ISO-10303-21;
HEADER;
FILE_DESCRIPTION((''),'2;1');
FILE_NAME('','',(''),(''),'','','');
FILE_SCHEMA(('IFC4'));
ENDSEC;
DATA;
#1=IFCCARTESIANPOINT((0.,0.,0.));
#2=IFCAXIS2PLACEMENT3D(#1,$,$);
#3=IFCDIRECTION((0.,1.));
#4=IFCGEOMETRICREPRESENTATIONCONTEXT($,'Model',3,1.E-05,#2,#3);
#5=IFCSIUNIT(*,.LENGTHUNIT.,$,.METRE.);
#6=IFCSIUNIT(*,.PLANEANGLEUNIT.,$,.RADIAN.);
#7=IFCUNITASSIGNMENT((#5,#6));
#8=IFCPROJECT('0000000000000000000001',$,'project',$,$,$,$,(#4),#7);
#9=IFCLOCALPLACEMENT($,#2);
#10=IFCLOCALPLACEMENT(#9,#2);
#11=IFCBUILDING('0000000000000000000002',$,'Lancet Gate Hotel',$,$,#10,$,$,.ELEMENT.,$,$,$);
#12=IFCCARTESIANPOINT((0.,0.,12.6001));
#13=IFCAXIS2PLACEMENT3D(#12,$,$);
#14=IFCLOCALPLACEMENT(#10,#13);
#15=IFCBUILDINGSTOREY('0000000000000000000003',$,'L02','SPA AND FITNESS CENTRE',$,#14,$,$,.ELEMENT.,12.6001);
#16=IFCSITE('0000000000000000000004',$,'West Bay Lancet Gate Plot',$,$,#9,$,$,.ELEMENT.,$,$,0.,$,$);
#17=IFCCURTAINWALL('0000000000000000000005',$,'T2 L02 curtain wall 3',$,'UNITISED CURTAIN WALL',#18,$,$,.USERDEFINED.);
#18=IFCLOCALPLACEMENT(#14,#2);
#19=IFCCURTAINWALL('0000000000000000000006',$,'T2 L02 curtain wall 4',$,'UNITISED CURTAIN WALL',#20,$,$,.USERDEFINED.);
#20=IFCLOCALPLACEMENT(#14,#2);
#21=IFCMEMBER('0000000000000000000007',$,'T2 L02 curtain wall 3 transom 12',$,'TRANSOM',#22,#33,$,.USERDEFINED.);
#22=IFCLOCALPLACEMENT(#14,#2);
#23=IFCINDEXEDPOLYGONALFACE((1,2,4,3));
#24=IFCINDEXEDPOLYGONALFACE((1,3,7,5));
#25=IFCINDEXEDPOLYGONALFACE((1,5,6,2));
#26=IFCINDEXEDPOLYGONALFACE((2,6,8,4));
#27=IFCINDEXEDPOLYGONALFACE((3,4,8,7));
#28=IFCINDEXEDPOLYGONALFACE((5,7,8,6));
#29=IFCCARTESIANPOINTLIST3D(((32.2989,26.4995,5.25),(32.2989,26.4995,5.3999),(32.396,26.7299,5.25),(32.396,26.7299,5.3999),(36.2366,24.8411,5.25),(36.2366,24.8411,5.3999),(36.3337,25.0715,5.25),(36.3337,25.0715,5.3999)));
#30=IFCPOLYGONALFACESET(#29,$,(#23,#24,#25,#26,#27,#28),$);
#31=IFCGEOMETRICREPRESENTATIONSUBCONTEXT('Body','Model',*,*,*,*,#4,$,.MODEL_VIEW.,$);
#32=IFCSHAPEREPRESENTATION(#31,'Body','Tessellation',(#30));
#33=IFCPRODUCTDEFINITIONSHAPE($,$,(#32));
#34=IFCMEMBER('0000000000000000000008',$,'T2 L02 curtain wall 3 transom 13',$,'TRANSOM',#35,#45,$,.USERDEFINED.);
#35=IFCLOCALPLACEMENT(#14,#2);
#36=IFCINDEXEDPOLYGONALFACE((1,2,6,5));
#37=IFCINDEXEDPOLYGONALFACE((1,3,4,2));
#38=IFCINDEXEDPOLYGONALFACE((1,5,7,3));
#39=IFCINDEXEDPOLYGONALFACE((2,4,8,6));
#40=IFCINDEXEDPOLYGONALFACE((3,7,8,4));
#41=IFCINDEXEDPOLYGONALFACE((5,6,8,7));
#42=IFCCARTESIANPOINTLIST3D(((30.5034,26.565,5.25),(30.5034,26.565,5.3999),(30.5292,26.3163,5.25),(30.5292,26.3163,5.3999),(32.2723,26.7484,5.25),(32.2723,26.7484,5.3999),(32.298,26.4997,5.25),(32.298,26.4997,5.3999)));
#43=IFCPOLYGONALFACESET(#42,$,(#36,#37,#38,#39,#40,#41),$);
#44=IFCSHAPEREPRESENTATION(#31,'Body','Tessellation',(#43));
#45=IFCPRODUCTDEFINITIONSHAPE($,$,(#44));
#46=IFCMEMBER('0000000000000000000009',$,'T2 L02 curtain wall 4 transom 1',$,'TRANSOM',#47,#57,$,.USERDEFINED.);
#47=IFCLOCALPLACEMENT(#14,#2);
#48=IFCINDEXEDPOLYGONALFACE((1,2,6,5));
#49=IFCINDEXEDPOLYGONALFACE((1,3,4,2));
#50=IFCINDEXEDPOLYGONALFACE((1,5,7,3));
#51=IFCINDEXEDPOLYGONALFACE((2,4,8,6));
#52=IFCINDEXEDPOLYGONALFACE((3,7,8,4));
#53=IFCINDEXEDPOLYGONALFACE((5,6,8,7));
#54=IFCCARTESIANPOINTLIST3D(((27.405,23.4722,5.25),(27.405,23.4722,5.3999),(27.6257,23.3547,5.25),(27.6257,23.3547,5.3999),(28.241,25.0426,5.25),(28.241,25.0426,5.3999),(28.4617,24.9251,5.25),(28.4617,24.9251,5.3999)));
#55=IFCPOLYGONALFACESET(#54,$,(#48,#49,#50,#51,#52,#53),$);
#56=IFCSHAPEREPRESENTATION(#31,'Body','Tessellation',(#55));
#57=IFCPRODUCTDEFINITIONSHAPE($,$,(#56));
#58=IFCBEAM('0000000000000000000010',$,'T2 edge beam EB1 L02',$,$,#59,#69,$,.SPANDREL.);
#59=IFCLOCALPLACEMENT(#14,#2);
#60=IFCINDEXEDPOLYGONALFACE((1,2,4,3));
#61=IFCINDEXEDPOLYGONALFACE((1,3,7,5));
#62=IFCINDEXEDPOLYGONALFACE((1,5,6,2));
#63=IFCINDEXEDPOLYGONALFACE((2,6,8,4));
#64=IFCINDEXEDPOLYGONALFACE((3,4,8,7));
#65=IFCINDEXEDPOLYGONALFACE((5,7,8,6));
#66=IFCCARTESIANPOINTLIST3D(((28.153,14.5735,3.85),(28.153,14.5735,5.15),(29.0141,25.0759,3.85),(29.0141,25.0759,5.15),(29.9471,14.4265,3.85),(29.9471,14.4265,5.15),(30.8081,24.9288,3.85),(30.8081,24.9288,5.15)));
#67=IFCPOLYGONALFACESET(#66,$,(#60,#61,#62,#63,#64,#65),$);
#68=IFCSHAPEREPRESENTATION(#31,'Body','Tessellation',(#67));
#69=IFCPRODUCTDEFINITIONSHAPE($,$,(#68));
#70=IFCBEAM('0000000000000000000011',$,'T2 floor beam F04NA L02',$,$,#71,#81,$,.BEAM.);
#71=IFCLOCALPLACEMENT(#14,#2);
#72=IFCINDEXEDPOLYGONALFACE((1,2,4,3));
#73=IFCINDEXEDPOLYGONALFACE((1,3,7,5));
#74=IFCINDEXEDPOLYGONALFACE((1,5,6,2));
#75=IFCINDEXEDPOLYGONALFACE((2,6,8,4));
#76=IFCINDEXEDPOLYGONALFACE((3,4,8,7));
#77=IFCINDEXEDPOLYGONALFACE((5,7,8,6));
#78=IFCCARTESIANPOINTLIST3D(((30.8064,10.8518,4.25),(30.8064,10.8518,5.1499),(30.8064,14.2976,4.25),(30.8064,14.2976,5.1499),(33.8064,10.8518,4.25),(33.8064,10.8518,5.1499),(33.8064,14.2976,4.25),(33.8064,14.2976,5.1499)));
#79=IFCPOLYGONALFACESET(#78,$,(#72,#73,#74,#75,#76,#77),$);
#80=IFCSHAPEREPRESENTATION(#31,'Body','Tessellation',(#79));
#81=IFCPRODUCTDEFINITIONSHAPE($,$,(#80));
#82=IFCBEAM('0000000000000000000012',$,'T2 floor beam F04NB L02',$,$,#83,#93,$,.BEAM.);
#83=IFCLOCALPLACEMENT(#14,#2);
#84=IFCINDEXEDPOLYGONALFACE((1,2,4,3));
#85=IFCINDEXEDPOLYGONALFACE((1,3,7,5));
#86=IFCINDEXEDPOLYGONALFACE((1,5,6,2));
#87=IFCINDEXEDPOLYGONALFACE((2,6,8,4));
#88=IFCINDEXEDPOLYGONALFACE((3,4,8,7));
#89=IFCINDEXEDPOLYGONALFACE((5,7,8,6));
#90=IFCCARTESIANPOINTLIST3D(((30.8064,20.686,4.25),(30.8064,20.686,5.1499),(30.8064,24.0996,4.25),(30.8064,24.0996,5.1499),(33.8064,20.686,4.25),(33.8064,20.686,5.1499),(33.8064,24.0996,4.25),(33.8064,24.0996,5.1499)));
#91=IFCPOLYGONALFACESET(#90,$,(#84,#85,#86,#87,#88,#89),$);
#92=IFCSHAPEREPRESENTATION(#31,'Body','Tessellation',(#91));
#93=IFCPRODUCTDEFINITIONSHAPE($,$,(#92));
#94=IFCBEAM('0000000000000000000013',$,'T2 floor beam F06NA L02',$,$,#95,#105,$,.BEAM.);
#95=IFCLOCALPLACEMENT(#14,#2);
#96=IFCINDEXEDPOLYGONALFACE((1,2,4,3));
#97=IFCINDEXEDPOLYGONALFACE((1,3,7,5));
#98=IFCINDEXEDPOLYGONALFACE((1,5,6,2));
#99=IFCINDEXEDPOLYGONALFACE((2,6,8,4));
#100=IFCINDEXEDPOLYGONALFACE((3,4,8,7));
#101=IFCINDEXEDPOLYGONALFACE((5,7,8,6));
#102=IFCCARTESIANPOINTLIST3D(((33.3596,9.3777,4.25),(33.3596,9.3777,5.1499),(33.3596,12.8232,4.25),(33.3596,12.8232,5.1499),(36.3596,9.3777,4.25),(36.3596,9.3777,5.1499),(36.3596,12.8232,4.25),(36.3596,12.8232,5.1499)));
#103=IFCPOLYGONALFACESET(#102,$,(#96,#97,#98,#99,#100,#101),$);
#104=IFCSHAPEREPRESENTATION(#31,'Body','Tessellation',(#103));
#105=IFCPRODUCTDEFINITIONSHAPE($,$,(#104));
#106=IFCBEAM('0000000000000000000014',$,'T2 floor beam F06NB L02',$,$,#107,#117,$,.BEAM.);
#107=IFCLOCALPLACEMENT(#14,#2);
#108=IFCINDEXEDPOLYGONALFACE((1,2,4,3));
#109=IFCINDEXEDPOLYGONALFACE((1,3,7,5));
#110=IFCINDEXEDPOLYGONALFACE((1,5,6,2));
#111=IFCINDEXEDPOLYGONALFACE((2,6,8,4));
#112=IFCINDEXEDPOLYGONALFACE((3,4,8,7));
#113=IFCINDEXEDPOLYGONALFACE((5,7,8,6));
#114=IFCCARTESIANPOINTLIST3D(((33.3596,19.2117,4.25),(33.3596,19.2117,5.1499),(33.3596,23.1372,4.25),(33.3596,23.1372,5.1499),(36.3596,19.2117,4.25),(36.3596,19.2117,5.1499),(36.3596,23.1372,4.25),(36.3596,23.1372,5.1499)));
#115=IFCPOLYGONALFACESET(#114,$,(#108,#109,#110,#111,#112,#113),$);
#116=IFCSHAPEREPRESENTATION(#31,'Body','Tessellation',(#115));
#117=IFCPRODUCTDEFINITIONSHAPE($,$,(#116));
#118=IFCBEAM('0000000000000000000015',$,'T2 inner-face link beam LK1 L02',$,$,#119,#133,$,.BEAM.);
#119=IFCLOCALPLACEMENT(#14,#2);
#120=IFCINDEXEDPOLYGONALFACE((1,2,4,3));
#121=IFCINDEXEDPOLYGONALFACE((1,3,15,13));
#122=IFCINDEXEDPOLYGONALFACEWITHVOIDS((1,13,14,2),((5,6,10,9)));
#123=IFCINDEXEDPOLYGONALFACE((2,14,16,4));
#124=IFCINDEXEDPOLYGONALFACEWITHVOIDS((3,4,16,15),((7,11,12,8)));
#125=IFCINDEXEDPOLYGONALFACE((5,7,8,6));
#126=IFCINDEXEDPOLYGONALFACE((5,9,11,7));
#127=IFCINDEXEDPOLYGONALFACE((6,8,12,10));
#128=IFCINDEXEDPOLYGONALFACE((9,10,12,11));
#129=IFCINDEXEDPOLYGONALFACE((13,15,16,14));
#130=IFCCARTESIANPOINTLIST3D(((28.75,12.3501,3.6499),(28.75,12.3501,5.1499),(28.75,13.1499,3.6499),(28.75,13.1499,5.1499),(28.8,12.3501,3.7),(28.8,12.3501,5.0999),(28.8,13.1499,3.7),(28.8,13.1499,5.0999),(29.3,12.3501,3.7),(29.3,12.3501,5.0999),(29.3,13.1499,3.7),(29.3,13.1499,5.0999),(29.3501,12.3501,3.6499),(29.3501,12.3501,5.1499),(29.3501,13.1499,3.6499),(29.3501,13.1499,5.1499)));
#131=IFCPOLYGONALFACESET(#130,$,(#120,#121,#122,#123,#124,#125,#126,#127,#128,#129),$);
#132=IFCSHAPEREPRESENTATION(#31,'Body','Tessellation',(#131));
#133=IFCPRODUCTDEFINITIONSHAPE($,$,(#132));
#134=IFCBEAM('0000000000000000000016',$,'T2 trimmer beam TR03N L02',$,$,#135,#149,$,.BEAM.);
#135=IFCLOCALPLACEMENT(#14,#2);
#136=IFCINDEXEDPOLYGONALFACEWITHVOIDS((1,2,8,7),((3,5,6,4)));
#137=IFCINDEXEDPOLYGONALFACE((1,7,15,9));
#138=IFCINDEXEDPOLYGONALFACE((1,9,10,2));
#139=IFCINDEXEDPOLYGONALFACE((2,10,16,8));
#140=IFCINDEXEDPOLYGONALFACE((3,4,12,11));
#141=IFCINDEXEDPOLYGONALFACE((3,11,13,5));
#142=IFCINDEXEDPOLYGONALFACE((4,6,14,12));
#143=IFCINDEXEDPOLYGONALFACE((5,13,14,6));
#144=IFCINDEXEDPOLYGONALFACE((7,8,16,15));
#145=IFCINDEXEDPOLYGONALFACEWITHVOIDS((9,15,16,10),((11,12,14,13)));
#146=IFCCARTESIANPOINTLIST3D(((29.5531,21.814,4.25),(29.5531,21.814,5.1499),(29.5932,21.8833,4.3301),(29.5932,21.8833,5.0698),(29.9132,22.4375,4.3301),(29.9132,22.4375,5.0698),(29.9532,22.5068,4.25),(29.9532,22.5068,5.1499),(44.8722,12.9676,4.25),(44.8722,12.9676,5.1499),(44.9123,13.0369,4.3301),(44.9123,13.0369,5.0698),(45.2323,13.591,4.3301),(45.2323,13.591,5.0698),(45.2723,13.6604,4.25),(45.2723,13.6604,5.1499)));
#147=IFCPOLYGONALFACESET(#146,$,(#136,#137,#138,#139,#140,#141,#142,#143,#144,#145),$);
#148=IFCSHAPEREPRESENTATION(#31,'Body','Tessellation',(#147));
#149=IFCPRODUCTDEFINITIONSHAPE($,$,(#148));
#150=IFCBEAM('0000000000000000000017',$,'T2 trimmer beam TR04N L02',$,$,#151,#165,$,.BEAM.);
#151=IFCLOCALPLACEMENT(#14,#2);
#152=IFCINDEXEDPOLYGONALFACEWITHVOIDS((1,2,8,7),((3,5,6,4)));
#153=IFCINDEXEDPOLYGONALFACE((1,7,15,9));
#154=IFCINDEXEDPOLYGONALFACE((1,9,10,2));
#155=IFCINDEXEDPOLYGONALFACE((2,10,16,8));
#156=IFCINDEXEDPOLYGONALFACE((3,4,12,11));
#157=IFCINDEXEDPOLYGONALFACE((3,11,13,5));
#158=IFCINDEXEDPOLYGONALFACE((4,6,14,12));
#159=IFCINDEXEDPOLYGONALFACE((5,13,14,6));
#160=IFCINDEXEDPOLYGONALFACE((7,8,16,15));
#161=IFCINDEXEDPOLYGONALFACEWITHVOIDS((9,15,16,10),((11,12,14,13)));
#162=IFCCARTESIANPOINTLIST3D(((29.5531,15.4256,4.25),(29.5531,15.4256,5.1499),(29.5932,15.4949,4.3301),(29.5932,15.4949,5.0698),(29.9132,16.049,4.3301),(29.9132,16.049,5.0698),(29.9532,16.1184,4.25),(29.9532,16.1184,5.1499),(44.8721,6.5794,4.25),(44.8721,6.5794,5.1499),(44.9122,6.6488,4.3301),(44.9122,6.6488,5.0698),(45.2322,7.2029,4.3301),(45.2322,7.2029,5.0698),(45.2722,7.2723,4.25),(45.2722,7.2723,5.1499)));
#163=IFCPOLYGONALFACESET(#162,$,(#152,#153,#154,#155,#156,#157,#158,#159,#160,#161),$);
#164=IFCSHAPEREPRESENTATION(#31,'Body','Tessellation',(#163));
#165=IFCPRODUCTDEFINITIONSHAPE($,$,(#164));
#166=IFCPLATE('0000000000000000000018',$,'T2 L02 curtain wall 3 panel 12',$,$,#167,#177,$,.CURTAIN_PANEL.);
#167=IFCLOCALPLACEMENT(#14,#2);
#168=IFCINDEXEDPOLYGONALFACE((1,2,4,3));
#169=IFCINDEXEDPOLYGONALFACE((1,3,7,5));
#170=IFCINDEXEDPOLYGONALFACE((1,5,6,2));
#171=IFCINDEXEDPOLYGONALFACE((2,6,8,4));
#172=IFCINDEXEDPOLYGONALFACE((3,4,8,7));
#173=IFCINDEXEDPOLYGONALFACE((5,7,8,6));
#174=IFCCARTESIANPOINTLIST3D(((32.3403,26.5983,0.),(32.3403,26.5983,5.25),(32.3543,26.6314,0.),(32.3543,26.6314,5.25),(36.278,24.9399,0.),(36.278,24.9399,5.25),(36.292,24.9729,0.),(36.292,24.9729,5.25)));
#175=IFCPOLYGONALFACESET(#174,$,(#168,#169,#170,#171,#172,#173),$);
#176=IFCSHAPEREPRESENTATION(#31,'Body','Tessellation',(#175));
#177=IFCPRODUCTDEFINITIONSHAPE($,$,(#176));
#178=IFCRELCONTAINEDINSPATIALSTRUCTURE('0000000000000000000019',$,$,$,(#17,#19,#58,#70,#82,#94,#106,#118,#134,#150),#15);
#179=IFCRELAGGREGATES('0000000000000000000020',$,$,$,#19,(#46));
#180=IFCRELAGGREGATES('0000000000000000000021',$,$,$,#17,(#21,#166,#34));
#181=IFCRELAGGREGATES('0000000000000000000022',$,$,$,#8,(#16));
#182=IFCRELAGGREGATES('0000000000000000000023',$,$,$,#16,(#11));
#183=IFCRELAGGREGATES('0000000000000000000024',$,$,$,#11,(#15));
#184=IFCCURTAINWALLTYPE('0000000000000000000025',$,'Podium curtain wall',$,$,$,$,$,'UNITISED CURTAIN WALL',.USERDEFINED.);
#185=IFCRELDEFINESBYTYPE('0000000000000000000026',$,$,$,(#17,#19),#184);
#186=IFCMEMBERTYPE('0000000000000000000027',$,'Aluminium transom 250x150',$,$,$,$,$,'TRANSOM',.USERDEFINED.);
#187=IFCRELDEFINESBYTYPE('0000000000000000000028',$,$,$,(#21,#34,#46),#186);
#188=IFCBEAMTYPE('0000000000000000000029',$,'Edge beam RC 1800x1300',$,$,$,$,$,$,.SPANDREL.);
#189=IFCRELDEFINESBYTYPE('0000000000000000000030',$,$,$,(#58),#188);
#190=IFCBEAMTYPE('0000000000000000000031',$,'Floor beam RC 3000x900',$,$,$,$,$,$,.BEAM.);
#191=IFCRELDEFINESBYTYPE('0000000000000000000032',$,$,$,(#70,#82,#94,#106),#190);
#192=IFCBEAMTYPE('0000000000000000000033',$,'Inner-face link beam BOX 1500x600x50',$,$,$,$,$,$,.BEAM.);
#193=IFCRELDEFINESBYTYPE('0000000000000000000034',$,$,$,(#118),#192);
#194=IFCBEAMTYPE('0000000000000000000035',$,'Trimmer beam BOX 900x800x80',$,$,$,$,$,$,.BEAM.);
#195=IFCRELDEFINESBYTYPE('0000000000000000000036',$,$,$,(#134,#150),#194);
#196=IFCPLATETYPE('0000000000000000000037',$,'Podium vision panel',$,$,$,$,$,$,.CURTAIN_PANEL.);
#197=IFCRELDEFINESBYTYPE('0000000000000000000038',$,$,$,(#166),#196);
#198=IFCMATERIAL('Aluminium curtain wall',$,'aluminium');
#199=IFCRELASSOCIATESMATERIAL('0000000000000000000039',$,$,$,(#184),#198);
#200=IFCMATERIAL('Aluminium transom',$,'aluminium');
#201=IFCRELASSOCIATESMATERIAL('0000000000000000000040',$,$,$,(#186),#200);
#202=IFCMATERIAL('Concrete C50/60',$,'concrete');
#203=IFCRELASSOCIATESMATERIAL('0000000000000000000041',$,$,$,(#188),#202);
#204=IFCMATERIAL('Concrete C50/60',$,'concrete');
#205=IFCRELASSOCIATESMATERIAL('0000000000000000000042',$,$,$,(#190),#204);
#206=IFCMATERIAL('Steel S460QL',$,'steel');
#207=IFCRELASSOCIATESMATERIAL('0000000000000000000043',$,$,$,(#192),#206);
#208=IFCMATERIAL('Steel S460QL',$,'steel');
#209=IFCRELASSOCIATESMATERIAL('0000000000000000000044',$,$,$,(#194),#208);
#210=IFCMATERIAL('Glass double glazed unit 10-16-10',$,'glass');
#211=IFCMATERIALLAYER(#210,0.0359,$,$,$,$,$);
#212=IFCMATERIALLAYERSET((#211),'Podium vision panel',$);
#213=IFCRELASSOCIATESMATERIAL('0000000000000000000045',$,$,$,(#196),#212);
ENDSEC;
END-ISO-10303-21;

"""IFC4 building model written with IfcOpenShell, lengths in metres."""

from ifc_helpers import new_model, si_unit, direction, frame, origin, origin_2d, place, context, subcontext, project, spatial, rectangle, hollow_rectangle, extrude, material, layer, layer_set, material_profile, profile_set, type_object, element, aggregate, save


model = new_model("IFC4")

# Units and contexts
model_context = context("Model", 3, precision=1e-05, world=origin(), true_north=direction((0.0, 1.0)))
body_context = subcontext(model_context, "Body", "Model", "MODEL_VIEW")
ifc_project = project(units=[si_unit("LENGTHUNIT", "METRE"), si_unit("PLANEANGLEUNIT", "RADIAN")], contexts=[model_context])

# Site, building, storey
site_placement = place(None, origin())
site = spatial("IfcSite", under=ifc_project, at=site_placement, Name="West Bay Lancet Gate Plot", CompositionType="ELEMENT", RefElevation=0.0)
building_placement = place(site_placement, origin())
building = spatial("IfcBuilding", under=site, at=building_placement, Name="Lancet Gate Hotel", CompositionType="ELEMENT")
storey_placement = place(building_placement, frame((0.0, 0.0, 12.6001)))
storey = spatial("IfcBuildingStorey", under=building, at=storey_placement, Name="L02", Description="SPA AND FITNESS CENTRE", CompositionType="ELEMENT", Elevation=12.6001)

# Curtain wall
ifc_material_1 = material(Name="Aluminium curtain wall", Category="aluminium")
curtain_wall_type = type_object("IfcCurtainWallType", Name="Podium curtain wall", ElementType="UNITISED CURTAIN WALL", PredefinedType="USERDEFINED", material=ifc_material_1)
curtain_wall_1_placement = place(storey_placement, origin())
curtain_wall_1 = element("IfcCurtainWall", 1, at=curtain_wall_1_placement, inside=storey, type_object=curtain_wall_type, Name="T2 L02 curtain wall 3", ObjectType="UNITISED CURTAIN WALL", PredefinedType="USERDEFINED")

# Curtain wall
curtain_wall_2_placement = place(storey_placement, origin())
curtain_wall_2 = element("IfcCurtainWall", 2, at=curtain_wall_2_placement, inside=storey, type_object=curtain_wall_type, Name="T2 L02 curtain wall 4", ObjectType="UNITISED CURTAIN WALL", PredefinedType="USERDEFINED")

# Members
ifc_material_2 = material(Name="Aluminium transom", Category="aluminium")
ifc_material_profile_1 = material_profile(ifc_material_2, rectangle(XDim=0.25, YDim=0.1499, at=origin_2d()), Name="TRANSOM 250x150")
ifc_profile_set_1 = profile_set([ifc_material_profile_1], Name="Aluminium transom")
member_type_1 = type_object("IfcMemberType", Name="Aluminium transom 250x150", ElementType="TRANSOM", PredefinedType="USERDEFINED", material=ifc_profile_set_1)
member_1_placement = place(storey_placement, frame((36.2852, 24.9563, 5.325), z_axis=(-0.921598, 0.388146, 0.0), x_axis=(-0.388146, -0.921598, 0.0)))
member_1 = element("IfcMember", 3, at=member_1_placement, type_object=member_type_1, Name="T2 L02 curtain wall 3 transom 12", ObjectType="TRANSOM", PredefinedType="USERDEFINED", context=body_context, shape_type="SweptSolid", body=[
    extrude(rectangle(XDim=0.25, YDim=0.1499, at=origin_2d()), origin(), (0.0, 0.0, 1.0), 4.2727),
])
member_2_placement = place(storey_placement, frame((32.2852, 26.624, 5.325), z_axis=(-0.99467, -0.103105, 0.0), x_axis=(0.103105, -0.99467, 0.0)))
member_2 = element("IfcMember", 4, at=member_2_placement, type_object=member_type_1, Name="T2 L02 curtain wall 3 transom 13", ObjectType="TRANSOM", PredefinedType="USERDEFINED", context=body_context, shape_type="SweptSolid", body=[
    extrude(rectangle(XDim=0.25, YDim=0.1499, at=origin_2d()), origin(), (0.0, 0.0, 1.0), 1.7783),
])
member_3_placement = place(storey_placement, frame((28.3513, 24.9839, 5.325), z_axis=(-0.469904, -0.882717, 0.0), x_axis=(0.882717, -0.469904, 0.0)))
member_3 = element("IfcMember", 5, at=member_3_placement, type_object=member_type_1, Name="T2 L02 curtain wall 4 transom 1", ObjectType="TRANSOM", PredefinedType="USERDEFINED", context=body_context, shape_type="SweptSolid", body=[
    extrude(rectangle(XDim=0.25, YDim=0.1499, at=origin_2d()), origin(), (0.0, 0.0, 1.0), 1.7791),
])
aggregate(curtain_wall_2, [member_3])

# Beams
ifc_material_3 = material(Name="Concrete C50/60", Category="concrete")
ifc_material_profile_2 = material_profile(ifc_material_3, rectangle(XDim=1.8, YDim=1.3, at=origin_2d()), Name="RC 1800x1300")
ifc_profile_set_2 = profile_set([ifc_material_profile_2], Name="Concrete C50/60")
beam_type_1 = type_object("IfcBeamType", Name="Edge beam RC 1800x1300", PredefinedType="SPANDREL", material=ifc_profile_set_2)
beam_1_placement = place(storey_placement, frame((29.05, 14.5, 4.5), z_axis=(0.081715, 0.996656, 0.0), x_axis=(-0.996656, 0.081715, 0.0)))
element("IfcBeam", 6, at=beam_1_placement, inside=storey, type_object=beam_type_1, Name="T2 edge beam EB1 L02", PredefinedType="SPANDREL", context=body_context, shape_type="SweptSolid", body=[
    extrude(rectangle(XDim=1.8, YDim=1.3, at=origin_2d()), origin(), (0.0, 0.0, 1.0), 10.5376),
])
ifc_material_4 = material(Name="Concrete C50/60", Category="concrete")
ifc_material_profile_3 = material_profile(ifc_material_4, rectangle(XDim=3.0, YDim=0.8999, at=origin_2d()), Name="RC 3000x900")
ifc_profile_set_3 = profile_set([ifc_material_profile_3], Name="Concrete C50/60")
beam_type_2 = type_object("IfcBeamType", Name="Floor beam RC 3000x900", PredefinedType="BEAM", material=ifc_profile_set_3)
beam_2_placement = place(storey_placement, frame((32.3064, 10.8518, 4.7), z_axis=(0.0, 1.0, 0.0), x_axis=(-1.0, 0.0, 0.0)))
element("IfcBeam", 7, at=beam_2_placement, inside=storey, type_object=beam_type_2, Name="T2 floor beam F04NA L02", PredefinedType="BEAM", context=body_context, shape_type="SweptSolid", body=[
    extrude(rectangle(XDim=3.0, YDim=0.8999, at=origin_2d()), origin(), (0.0, 0.0, 1.0), 3.4458),
])
beam_3_placement = place(storey_placement, frame((32.3064, 20.686, 4.7), z_axis=(0.0, 1.0, 0.0), x_axis=(-1.0, 0.0, 0.0)))
element("IfcBeam", 8, at=beam_3_placement, inside=storey, type_object=beam_type_2, Name="T2 floor beam F04NB L02", PredefinedType="BEAM", context=body_context, shape_type="SweptSolid", body=[
    extrude(rectangle(XDim=3.0, YDim=0.8999, at=origin_2d()), origin(), (0.0, 0.0, 1.0), 3.4136),
])
beam_4_placement = place(storey_placement, frame((34.8596, 9.3777, 4.7), z_axis=(0.0, 1.0, 0.0), x_axis=(-1.0, 0.0, 0.0)))
element("IfcBeam", 9, at=beam_4_placement, inside=storey, type_object=beam_type_2, Name="T2 floor beam F06NA L02", PredefinedType="BEAM", context=body_context, shape_type="SweptSolid", body=[
    extrude(rectangle(XDim=3.0, YDim=0.8999, at=origin_2d()), origin(), (0.0, 0.0, 1.0), 3.4456),
])
beam_5_placement = place(storey_placement, frame((34.8596, 19.2117, 4.7), z_axis=(0.0, 1.0, 0.0), x_axis=(-1.0, 0.0, 0.0)))
element("IfcBeam", 10, at=beam_5_placement, inside=storey, type_object=beam_type_2, Name="T2 floor beam F06NB L02", PredefinedType="BEAM", context=body_context, shape_type="SweptSolid", body=[
    extrude(rectangle(XDim=3.0, YDim=0.8999, at=origin_2d()), origin(), (0.0, 0.0, 1.0), 3.9255),
])
ifc_material_5 = material(Name="Steel S460QL", Category="steel")
ifc_material_profile_4 = material_profile(ifc_material_5, hollow_rectangle(XDim=0.6001, YDim=1.5, WallThickness=0.05, at=origin_2d()), Name="BOX 1500x600x50")
ifc_profile_set_4 = profile_set([ifc_material_profile_4], Name="Steel S460QL")
beam_type_3 = type_object("IfcBeamType", Name="Inner-face link beam BOX 1500x600x50", PredefinedType="BEAM", material=ifc_profile_set_4)
beam_6_placement = place(storey_placement, frame((29.05, 12.3501, 4.3999), z_axis=(0.0, 1.0, 0.0), x_axis=(-1.0, 0.0, 0.0)))
element("IfcBeam", 11, at=beam_6_placement, inside=storey, type_object=beam_type_3, Name="T2 inner-face link beam LK1 L02", PredefinedType="BEAM", context=body_context, shape_type="SweptSolid", body=[
    extrude(hollow_rectangle(XDim=0.6001, YDim=1.5, WallThickness=0.05, at=origin_2d()), origin(), (0.0, 0.0, 1.0), 0.7998),
])
ifc_material_6 = material(Name="Steel S460QL", Category="steel")
ifc_material_profile_5 = material_profile(ifc_material_6, hollow_rectangle(XDim=0.8, YDim=0.8999, WallThickness=0.0801, at=origin_2d()), Name="BOX 900x800x80")
ifc_profile_set_5 = profile_set([ifc_material_profile_5], Name="Steel S460QL")
beam_type_4 = type_object("IfcBeamType", Name="Trimmer beam BOX 900x800x80", PredefinedType="BEAM", material=ifc_profile_set_5)
beam_7_placement = place(storey_placement, frame((29.7532, 22.1604, 4.7), z_axis=(0.865978, -0.500083, 0.0), x_axis=(0.500083, 0.865978, 0.0)))
element("IfcBeam", 12, at=beam_7_placement, inside=storey, type_object=beam_type_4, Name="T2 trimmer beam TR03N L02", PredefinedType="BEAM", context=body_context, shape_type="SweptSolid", body=[
    extrude(hollow_rectangle(XDim=0.8, YDim=0.8999, WallThickness=0.0801, at=origin_2d()), origin(), (0.0, 0.0, 1.0), 17.6899),
])
beam_8_placement = place(storey_placement, frame((29.7532, 15.772, 4.7), z_axis=(0.865984, -0.500072, 0.0), x_axis=(0.500072, 0.865984, 0.0)))
element("IfcBeam", 13, at=beam_8_placement, inside=storey, type_object=beam_type_4, Name="T2 trimmer beam TR04N L02", PredefinedType="BEAM", context=body_context, shape_type="SweptSolid", body=[
    extrude(hollow_rectangle(XDim=0.8, YDim=0.8999, WallThickness=0.0801, at=origin_2d()), origin(), (0.0, 0.0, 1.0), 17.6897),
])

# Plate
ifc_material_7 = material(Name="Glass double glazed unit 10-16-10", Category="glass")
ifc_layer_1 = layer(ifc_material_7, 0.0359)
ifc_layer_set_1 = layer_set([ifc_layer_1], Name="Podium vision panel")
plate_type = type_object("IfcPlateType", Name="Podium vision panel", PredefinedType="CURTAIN_PANEL", material=ifc_layer_set_1)
plate_1_placement = place(storey_placement, frame((34.3162, 25.7856, 0.0), z_axis=(0.0, 0.0, 1.0), x_axis=(-0.921593, 0.388157, 0.0)))
plate_1 = element("IfcPlate", 14, at=plate_1_placement, type_object=plate_type, Name="T2 L02 curtain wall 3 panel 12", PredefinedType="CURTAIN_PANEL", context=body_context, shape_type="SweptSolid", body=[
    extrude(rectangle(XDim=4.2727, YDim=0.0359, at=origin_2d()), origin(), (0.0, 0.0, 1.0), 5.25),
])
aggregate(curtain_wall_1, [member_1, plate_1, member_2])

save(model, "model.ifc")
